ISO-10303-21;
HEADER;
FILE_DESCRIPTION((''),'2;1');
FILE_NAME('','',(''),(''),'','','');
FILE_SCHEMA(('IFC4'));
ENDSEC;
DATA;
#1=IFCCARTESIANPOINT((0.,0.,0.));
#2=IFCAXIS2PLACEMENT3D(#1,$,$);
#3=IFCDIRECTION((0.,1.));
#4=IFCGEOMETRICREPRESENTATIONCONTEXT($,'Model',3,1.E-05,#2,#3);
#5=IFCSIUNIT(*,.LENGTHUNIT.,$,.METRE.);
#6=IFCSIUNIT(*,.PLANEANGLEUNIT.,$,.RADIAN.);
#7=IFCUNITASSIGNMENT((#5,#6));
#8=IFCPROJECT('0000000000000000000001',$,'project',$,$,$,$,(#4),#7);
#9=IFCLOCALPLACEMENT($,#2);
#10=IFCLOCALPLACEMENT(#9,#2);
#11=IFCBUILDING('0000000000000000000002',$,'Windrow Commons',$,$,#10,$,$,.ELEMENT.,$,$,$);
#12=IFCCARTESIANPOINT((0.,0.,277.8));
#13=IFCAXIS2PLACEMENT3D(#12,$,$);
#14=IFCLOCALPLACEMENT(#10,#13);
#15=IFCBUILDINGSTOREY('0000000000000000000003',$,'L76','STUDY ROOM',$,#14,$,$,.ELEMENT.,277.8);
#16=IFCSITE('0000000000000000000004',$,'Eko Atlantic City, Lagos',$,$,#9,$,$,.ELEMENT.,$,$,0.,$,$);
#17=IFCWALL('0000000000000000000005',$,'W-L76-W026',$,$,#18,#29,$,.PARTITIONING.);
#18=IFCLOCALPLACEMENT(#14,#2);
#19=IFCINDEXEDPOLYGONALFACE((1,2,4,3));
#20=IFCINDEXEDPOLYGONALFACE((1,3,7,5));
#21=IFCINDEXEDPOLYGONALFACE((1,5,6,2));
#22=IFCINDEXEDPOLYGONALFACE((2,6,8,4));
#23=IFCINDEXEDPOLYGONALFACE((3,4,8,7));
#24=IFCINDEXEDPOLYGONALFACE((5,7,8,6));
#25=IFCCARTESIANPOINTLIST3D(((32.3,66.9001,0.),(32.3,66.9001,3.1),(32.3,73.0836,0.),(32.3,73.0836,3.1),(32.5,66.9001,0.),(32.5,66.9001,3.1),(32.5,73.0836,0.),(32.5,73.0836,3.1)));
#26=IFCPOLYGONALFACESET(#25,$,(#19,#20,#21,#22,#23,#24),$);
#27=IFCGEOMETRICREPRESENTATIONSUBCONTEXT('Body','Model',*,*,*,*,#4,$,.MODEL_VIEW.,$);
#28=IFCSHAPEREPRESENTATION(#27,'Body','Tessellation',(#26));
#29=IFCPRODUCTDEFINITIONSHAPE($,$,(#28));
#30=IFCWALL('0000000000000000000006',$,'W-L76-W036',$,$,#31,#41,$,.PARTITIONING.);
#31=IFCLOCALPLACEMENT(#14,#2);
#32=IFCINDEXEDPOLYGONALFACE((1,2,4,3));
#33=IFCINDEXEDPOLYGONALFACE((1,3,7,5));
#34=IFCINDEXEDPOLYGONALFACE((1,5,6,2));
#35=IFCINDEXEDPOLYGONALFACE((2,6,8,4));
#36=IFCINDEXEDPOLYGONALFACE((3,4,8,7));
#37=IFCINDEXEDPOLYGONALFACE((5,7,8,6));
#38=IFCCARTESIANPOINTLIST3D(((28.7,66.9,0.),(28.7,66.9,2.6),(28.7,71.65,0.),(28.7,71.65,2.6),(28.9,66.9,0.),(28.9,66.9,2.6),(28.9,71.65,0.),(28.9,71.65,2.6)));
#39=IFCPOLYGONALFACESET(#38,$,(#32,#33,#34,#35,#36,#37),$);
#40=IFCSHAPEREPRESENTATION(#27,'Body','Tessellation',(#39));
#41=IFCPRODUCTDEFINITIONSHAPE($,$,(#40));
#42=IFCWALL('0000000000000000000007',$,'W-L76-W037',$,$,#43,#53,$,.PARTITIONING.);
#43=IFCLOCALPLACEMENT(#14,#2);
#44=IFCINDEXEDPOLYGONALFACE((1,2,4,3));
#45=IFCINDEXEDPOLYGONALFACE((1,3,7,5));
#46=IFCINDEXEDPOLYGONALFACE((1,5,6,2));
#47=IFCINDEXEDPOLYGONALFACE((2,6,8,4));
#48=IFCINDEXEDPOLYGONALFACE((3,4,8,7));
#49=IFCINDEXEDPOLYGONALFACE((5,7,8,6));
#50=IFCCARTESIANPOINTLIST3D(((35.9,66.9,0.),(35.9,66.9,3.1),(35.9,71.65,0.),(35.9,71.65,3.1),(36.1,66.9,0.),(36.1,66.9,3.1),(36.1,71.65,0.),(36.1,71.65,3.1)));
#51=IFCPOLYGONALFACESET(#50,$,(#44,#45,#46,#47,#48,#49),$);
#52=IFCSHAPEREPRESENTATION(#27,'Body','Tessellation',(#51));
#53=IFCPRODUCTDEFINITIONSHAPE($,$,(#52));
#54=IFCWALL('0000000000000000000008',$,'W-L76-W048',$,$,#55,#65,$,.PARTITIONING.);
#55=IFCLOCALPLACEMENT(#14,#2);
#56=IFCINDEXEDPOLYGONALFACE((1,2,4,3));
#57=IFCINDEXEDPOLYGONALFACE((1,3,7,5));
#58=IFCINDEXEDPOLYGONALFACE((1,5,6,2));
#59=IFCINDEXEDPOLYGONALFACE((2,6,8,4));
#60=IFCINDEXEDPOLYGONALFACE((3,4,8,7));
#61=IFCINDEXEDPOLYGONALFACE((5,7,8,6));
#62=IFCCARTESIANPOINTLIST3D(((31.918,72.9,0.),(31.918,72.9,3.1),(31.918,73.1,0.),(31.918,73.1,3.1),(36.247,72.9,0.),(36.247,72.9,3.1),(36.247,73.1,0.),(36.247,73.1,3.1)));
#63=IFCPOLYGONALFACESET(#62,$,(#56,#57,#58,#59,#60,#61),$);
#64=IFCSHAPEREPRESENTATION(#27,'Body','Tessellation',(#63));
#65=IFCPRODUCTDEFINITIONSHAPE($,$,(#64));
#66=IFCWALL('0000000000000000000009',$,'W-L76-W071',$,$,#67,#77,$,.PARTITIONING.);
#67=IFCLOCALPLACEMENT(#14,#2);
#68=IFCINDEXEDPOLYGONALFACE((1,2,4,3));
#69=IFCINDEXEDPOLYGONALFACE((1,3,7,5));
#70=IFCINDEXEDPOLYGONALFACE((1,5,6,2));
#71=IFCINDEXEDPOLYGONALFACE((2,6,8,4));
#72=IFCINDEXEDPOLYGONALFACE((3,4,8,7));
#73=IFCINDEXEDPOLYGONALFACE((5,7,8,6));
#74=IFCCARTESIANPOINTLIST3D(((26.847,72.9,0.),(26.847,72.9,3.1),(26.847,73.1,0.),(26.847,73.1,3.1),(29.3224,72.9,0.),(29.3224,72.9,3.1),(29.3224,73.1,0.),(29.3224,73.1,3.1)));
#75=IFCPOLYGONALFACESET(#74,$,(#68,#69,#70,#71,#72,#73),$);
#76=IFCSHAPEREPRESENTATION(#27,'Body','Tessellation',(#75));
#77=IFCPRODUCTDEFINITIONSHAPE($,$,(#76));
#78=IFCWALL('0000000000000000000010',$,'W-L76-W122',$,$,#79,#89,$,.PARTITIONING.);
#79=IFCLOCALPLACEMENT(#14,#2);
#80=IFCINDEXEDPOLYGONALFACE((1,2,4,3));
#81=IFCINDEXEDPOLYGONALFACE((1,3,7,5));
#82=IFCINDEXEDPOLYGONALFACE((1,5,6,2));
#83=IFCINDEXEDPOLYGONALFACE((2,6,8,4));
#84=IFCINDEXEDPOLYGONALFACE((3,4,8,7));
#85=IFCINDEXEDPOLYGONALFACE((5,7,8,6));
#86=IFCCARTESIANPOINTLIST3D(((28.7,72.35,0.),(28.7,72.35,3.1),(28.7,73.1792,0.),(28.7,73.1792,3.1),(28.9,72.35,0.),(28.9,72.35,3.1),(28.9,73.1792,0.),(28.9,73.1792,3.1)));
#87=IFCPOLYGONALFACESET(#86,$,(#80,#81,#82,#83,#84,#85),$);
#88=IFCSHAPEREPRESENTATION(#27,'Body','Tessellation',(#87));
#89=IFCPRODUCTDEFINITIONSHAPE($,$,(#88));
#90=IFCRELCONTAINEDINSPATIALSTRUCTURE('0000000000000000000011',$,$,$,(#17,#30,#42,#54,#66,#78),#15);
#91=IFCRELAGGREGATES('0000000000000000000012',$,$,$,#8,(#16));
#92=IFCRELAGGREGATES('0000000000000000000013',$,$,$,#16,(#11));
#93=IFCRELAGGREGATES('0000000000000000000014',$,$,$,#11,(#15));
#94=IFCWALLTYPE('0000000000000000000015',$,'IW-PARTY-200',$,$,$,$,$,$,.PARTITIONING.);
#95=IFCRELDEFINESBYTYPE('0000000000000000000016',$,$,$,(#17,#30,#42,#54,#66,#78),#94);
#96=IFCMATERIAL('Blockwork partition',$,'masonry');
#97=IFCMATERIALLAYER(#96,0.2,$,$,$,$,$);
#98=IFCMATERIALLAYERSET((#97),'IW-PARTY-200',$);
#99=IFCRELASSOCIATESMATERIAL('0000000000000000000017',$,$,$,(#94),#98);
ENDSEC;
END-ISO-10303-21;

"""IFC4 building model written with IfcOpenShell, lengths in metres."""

from ifc_helpers import new_model, si_unit, direction, frame, frame_2d, origin, place, context, subcontext, project, spatial, rectangle, extrude, material, layer, layer_set, type_object, element, save


model = new_model("IFC4")

# Units and contexts
model_context = context("Model", 3, precision=1e-05, world=origin(), true_north=direction((0.0, 1.0)))
body_context = subcontext(model_context, "Body", "Model", "MODEL_VIEW")
ifc_project = project(units=[si_unit("LENGTHUNIT", "METRE"), si_unit("PLANEANGLEUNIT", "RADIAN")], contexts=[model_context])

# Site, building, storey
site_placement = place(None, origin())
site = spatial("IfcSite", under=ifc_project, at=site_placement, Name="Eko Atlantic City, Lagos", CompositionType="ELEMENT", RefElevation=0.0)
building_placement = place(site_placement, origin())
building = spatial("IfcBuilding", under=site, at=building_placement, Name="Windrow Commons", CompositionType="ELEMENT")
storey_placement = place(building_placement, frame((0.0, 0.0, 277.8)))
storey = spatial("IfcBuildingStorey", under=building, at=storey_placement, Name="L76", Description="STUDY ROOM", CompositionType="ELEMENT", Elevation=277.8)

# Walls
ifc_material_1 = material(Name="Blockwork partition", Category="masonry")
ifc_layer_1 = layer(ifc_material_1, 0.2)
ifc_layer_set_1 = layer_set([ifc_layer_1], Name="IW-PARTY-200")
wall_type_1 = type_object("IfcWallType", Name="IW-PARTY-200", PredefinedType="PARTITIONING", material=ifc_layer_set_1)
wall_1_placement = place(storey_placement, frame((32.4, 66.9, 0.0), z_axis=(0.0, 0.0, 1.0), x_axis=(0.0, 1.0, 0.0)))
element("IfcWall", 1, at=wall_1_placement, inside=storey, type_object=wall_type_1, Name="W-L76-W026", PredefinedType="PARTITIONING", context=body_context, shape_type="SweptSolid", body=[
    extrude(rectangle(XDim=6.1835, YDim=0.2, at=frame_2d((3.0918, 0.0))), origin(), (0.0, 0.0, 1.0), 3.1),
])
wall_2_placement = place(storey_placement, frame((28.8, 66.9, 0.0), z_axis=(0.0, 0.0, 1.0), x_axis=(0.0, 1.0, 0.0)))
element("IfcWall", 2, at=wall_2_placement, inside=storey, type_object=wall_type_1, Name="W-L76-W036", PredefinedType="PARTITIONING", context=body_context, shape_type="SweptSolid", body=[
    extrude(rectangle(XDim=4.75, YDim=0.2, at=frame_2d((2.375, 0.0))), origin(), (0.0, 0.0, 1.0), 2.6),
])
wall_3_placement = place(storey_placement, frame((36.0, 66.9, 0.0), z_axis=(0.0, 0.0, 1.0), x_axis=(0.0, 1.0, 0.0)))
element("IfcWall", 3, at=wall_3_placement, inside=storey, type_object=wall_type_1, Name="W-L76-W037", PredefinedType="PARTITIONING", context=body_context, shape_type="SweptSolid", body=[
    extrude(rectangle(XDim=4.75, YDim=0.2, at=frame_2d((2.375, 0.0))), origin(), (0.0, 0.0, 1.0), 3.1),
])
wall_4_placement = place(storey_placement, frame((31.918, 73.0, 0.0), z_axis=(0.0, 0.0, 1.0), x_axis=(1.0, 0.0, 0.0)))
element("IfcWall", 4, at=wall_4_placement, inside=storey, type_object=wall_type_1, Name="W-L76-W048", PredefinedType="PARTITIONING", context=body_context, shape_type="SweptSolid", body=[
    extrude(rectangle(XDim=4.329, YDim=0.2, at=frame_2d((2.1645, 0.0))), origin(), (0.0, 0.0, 1.0), 3.1),
])
wall_5_placement = place(storey_placement, frame((26.847, 73.0, 0.0), z_axis=(0.0, 0.0, 1.0), x_axis=(1.0, 0.0, 0.0)))
element("IfcWall", 5, at=wall_5_placement, inside=storey, type_object=wall_type_1, Name="W-L76-W071", PredefinedType="PARTITIONING", context=body_context, shape_type="SweptSolid", body=[
    extrude(rectangle(XDim=2.4754, YDim=0.2, at=frame_2d((1.2377, 0.0))), origin(), (0.0, 0.0, 1.0), 3.1),
])
wall_6_placement = place(storey_placement, frame((28.8, 72.35, 0.0), z_axis=(0.0, 0.0, 1.0), x_axis=(0.0, 1.0, 0.0)))
element("IfcWall", 6, at=wall_6_placement, inside=storey, type_object=wall_type_1, Name="W-L76-W122", PredefinedType="PARTITIONING", context=body_context, shape_type="SweptSolid", body=[
    extrude(rectangle(XDim=0.8292, YDim=0.2, at=frame_2d((0.4146, 0.0))), origin(), (0.0, 0.0, 1.0), 3.1),
])

save(model, "model.ifc")
